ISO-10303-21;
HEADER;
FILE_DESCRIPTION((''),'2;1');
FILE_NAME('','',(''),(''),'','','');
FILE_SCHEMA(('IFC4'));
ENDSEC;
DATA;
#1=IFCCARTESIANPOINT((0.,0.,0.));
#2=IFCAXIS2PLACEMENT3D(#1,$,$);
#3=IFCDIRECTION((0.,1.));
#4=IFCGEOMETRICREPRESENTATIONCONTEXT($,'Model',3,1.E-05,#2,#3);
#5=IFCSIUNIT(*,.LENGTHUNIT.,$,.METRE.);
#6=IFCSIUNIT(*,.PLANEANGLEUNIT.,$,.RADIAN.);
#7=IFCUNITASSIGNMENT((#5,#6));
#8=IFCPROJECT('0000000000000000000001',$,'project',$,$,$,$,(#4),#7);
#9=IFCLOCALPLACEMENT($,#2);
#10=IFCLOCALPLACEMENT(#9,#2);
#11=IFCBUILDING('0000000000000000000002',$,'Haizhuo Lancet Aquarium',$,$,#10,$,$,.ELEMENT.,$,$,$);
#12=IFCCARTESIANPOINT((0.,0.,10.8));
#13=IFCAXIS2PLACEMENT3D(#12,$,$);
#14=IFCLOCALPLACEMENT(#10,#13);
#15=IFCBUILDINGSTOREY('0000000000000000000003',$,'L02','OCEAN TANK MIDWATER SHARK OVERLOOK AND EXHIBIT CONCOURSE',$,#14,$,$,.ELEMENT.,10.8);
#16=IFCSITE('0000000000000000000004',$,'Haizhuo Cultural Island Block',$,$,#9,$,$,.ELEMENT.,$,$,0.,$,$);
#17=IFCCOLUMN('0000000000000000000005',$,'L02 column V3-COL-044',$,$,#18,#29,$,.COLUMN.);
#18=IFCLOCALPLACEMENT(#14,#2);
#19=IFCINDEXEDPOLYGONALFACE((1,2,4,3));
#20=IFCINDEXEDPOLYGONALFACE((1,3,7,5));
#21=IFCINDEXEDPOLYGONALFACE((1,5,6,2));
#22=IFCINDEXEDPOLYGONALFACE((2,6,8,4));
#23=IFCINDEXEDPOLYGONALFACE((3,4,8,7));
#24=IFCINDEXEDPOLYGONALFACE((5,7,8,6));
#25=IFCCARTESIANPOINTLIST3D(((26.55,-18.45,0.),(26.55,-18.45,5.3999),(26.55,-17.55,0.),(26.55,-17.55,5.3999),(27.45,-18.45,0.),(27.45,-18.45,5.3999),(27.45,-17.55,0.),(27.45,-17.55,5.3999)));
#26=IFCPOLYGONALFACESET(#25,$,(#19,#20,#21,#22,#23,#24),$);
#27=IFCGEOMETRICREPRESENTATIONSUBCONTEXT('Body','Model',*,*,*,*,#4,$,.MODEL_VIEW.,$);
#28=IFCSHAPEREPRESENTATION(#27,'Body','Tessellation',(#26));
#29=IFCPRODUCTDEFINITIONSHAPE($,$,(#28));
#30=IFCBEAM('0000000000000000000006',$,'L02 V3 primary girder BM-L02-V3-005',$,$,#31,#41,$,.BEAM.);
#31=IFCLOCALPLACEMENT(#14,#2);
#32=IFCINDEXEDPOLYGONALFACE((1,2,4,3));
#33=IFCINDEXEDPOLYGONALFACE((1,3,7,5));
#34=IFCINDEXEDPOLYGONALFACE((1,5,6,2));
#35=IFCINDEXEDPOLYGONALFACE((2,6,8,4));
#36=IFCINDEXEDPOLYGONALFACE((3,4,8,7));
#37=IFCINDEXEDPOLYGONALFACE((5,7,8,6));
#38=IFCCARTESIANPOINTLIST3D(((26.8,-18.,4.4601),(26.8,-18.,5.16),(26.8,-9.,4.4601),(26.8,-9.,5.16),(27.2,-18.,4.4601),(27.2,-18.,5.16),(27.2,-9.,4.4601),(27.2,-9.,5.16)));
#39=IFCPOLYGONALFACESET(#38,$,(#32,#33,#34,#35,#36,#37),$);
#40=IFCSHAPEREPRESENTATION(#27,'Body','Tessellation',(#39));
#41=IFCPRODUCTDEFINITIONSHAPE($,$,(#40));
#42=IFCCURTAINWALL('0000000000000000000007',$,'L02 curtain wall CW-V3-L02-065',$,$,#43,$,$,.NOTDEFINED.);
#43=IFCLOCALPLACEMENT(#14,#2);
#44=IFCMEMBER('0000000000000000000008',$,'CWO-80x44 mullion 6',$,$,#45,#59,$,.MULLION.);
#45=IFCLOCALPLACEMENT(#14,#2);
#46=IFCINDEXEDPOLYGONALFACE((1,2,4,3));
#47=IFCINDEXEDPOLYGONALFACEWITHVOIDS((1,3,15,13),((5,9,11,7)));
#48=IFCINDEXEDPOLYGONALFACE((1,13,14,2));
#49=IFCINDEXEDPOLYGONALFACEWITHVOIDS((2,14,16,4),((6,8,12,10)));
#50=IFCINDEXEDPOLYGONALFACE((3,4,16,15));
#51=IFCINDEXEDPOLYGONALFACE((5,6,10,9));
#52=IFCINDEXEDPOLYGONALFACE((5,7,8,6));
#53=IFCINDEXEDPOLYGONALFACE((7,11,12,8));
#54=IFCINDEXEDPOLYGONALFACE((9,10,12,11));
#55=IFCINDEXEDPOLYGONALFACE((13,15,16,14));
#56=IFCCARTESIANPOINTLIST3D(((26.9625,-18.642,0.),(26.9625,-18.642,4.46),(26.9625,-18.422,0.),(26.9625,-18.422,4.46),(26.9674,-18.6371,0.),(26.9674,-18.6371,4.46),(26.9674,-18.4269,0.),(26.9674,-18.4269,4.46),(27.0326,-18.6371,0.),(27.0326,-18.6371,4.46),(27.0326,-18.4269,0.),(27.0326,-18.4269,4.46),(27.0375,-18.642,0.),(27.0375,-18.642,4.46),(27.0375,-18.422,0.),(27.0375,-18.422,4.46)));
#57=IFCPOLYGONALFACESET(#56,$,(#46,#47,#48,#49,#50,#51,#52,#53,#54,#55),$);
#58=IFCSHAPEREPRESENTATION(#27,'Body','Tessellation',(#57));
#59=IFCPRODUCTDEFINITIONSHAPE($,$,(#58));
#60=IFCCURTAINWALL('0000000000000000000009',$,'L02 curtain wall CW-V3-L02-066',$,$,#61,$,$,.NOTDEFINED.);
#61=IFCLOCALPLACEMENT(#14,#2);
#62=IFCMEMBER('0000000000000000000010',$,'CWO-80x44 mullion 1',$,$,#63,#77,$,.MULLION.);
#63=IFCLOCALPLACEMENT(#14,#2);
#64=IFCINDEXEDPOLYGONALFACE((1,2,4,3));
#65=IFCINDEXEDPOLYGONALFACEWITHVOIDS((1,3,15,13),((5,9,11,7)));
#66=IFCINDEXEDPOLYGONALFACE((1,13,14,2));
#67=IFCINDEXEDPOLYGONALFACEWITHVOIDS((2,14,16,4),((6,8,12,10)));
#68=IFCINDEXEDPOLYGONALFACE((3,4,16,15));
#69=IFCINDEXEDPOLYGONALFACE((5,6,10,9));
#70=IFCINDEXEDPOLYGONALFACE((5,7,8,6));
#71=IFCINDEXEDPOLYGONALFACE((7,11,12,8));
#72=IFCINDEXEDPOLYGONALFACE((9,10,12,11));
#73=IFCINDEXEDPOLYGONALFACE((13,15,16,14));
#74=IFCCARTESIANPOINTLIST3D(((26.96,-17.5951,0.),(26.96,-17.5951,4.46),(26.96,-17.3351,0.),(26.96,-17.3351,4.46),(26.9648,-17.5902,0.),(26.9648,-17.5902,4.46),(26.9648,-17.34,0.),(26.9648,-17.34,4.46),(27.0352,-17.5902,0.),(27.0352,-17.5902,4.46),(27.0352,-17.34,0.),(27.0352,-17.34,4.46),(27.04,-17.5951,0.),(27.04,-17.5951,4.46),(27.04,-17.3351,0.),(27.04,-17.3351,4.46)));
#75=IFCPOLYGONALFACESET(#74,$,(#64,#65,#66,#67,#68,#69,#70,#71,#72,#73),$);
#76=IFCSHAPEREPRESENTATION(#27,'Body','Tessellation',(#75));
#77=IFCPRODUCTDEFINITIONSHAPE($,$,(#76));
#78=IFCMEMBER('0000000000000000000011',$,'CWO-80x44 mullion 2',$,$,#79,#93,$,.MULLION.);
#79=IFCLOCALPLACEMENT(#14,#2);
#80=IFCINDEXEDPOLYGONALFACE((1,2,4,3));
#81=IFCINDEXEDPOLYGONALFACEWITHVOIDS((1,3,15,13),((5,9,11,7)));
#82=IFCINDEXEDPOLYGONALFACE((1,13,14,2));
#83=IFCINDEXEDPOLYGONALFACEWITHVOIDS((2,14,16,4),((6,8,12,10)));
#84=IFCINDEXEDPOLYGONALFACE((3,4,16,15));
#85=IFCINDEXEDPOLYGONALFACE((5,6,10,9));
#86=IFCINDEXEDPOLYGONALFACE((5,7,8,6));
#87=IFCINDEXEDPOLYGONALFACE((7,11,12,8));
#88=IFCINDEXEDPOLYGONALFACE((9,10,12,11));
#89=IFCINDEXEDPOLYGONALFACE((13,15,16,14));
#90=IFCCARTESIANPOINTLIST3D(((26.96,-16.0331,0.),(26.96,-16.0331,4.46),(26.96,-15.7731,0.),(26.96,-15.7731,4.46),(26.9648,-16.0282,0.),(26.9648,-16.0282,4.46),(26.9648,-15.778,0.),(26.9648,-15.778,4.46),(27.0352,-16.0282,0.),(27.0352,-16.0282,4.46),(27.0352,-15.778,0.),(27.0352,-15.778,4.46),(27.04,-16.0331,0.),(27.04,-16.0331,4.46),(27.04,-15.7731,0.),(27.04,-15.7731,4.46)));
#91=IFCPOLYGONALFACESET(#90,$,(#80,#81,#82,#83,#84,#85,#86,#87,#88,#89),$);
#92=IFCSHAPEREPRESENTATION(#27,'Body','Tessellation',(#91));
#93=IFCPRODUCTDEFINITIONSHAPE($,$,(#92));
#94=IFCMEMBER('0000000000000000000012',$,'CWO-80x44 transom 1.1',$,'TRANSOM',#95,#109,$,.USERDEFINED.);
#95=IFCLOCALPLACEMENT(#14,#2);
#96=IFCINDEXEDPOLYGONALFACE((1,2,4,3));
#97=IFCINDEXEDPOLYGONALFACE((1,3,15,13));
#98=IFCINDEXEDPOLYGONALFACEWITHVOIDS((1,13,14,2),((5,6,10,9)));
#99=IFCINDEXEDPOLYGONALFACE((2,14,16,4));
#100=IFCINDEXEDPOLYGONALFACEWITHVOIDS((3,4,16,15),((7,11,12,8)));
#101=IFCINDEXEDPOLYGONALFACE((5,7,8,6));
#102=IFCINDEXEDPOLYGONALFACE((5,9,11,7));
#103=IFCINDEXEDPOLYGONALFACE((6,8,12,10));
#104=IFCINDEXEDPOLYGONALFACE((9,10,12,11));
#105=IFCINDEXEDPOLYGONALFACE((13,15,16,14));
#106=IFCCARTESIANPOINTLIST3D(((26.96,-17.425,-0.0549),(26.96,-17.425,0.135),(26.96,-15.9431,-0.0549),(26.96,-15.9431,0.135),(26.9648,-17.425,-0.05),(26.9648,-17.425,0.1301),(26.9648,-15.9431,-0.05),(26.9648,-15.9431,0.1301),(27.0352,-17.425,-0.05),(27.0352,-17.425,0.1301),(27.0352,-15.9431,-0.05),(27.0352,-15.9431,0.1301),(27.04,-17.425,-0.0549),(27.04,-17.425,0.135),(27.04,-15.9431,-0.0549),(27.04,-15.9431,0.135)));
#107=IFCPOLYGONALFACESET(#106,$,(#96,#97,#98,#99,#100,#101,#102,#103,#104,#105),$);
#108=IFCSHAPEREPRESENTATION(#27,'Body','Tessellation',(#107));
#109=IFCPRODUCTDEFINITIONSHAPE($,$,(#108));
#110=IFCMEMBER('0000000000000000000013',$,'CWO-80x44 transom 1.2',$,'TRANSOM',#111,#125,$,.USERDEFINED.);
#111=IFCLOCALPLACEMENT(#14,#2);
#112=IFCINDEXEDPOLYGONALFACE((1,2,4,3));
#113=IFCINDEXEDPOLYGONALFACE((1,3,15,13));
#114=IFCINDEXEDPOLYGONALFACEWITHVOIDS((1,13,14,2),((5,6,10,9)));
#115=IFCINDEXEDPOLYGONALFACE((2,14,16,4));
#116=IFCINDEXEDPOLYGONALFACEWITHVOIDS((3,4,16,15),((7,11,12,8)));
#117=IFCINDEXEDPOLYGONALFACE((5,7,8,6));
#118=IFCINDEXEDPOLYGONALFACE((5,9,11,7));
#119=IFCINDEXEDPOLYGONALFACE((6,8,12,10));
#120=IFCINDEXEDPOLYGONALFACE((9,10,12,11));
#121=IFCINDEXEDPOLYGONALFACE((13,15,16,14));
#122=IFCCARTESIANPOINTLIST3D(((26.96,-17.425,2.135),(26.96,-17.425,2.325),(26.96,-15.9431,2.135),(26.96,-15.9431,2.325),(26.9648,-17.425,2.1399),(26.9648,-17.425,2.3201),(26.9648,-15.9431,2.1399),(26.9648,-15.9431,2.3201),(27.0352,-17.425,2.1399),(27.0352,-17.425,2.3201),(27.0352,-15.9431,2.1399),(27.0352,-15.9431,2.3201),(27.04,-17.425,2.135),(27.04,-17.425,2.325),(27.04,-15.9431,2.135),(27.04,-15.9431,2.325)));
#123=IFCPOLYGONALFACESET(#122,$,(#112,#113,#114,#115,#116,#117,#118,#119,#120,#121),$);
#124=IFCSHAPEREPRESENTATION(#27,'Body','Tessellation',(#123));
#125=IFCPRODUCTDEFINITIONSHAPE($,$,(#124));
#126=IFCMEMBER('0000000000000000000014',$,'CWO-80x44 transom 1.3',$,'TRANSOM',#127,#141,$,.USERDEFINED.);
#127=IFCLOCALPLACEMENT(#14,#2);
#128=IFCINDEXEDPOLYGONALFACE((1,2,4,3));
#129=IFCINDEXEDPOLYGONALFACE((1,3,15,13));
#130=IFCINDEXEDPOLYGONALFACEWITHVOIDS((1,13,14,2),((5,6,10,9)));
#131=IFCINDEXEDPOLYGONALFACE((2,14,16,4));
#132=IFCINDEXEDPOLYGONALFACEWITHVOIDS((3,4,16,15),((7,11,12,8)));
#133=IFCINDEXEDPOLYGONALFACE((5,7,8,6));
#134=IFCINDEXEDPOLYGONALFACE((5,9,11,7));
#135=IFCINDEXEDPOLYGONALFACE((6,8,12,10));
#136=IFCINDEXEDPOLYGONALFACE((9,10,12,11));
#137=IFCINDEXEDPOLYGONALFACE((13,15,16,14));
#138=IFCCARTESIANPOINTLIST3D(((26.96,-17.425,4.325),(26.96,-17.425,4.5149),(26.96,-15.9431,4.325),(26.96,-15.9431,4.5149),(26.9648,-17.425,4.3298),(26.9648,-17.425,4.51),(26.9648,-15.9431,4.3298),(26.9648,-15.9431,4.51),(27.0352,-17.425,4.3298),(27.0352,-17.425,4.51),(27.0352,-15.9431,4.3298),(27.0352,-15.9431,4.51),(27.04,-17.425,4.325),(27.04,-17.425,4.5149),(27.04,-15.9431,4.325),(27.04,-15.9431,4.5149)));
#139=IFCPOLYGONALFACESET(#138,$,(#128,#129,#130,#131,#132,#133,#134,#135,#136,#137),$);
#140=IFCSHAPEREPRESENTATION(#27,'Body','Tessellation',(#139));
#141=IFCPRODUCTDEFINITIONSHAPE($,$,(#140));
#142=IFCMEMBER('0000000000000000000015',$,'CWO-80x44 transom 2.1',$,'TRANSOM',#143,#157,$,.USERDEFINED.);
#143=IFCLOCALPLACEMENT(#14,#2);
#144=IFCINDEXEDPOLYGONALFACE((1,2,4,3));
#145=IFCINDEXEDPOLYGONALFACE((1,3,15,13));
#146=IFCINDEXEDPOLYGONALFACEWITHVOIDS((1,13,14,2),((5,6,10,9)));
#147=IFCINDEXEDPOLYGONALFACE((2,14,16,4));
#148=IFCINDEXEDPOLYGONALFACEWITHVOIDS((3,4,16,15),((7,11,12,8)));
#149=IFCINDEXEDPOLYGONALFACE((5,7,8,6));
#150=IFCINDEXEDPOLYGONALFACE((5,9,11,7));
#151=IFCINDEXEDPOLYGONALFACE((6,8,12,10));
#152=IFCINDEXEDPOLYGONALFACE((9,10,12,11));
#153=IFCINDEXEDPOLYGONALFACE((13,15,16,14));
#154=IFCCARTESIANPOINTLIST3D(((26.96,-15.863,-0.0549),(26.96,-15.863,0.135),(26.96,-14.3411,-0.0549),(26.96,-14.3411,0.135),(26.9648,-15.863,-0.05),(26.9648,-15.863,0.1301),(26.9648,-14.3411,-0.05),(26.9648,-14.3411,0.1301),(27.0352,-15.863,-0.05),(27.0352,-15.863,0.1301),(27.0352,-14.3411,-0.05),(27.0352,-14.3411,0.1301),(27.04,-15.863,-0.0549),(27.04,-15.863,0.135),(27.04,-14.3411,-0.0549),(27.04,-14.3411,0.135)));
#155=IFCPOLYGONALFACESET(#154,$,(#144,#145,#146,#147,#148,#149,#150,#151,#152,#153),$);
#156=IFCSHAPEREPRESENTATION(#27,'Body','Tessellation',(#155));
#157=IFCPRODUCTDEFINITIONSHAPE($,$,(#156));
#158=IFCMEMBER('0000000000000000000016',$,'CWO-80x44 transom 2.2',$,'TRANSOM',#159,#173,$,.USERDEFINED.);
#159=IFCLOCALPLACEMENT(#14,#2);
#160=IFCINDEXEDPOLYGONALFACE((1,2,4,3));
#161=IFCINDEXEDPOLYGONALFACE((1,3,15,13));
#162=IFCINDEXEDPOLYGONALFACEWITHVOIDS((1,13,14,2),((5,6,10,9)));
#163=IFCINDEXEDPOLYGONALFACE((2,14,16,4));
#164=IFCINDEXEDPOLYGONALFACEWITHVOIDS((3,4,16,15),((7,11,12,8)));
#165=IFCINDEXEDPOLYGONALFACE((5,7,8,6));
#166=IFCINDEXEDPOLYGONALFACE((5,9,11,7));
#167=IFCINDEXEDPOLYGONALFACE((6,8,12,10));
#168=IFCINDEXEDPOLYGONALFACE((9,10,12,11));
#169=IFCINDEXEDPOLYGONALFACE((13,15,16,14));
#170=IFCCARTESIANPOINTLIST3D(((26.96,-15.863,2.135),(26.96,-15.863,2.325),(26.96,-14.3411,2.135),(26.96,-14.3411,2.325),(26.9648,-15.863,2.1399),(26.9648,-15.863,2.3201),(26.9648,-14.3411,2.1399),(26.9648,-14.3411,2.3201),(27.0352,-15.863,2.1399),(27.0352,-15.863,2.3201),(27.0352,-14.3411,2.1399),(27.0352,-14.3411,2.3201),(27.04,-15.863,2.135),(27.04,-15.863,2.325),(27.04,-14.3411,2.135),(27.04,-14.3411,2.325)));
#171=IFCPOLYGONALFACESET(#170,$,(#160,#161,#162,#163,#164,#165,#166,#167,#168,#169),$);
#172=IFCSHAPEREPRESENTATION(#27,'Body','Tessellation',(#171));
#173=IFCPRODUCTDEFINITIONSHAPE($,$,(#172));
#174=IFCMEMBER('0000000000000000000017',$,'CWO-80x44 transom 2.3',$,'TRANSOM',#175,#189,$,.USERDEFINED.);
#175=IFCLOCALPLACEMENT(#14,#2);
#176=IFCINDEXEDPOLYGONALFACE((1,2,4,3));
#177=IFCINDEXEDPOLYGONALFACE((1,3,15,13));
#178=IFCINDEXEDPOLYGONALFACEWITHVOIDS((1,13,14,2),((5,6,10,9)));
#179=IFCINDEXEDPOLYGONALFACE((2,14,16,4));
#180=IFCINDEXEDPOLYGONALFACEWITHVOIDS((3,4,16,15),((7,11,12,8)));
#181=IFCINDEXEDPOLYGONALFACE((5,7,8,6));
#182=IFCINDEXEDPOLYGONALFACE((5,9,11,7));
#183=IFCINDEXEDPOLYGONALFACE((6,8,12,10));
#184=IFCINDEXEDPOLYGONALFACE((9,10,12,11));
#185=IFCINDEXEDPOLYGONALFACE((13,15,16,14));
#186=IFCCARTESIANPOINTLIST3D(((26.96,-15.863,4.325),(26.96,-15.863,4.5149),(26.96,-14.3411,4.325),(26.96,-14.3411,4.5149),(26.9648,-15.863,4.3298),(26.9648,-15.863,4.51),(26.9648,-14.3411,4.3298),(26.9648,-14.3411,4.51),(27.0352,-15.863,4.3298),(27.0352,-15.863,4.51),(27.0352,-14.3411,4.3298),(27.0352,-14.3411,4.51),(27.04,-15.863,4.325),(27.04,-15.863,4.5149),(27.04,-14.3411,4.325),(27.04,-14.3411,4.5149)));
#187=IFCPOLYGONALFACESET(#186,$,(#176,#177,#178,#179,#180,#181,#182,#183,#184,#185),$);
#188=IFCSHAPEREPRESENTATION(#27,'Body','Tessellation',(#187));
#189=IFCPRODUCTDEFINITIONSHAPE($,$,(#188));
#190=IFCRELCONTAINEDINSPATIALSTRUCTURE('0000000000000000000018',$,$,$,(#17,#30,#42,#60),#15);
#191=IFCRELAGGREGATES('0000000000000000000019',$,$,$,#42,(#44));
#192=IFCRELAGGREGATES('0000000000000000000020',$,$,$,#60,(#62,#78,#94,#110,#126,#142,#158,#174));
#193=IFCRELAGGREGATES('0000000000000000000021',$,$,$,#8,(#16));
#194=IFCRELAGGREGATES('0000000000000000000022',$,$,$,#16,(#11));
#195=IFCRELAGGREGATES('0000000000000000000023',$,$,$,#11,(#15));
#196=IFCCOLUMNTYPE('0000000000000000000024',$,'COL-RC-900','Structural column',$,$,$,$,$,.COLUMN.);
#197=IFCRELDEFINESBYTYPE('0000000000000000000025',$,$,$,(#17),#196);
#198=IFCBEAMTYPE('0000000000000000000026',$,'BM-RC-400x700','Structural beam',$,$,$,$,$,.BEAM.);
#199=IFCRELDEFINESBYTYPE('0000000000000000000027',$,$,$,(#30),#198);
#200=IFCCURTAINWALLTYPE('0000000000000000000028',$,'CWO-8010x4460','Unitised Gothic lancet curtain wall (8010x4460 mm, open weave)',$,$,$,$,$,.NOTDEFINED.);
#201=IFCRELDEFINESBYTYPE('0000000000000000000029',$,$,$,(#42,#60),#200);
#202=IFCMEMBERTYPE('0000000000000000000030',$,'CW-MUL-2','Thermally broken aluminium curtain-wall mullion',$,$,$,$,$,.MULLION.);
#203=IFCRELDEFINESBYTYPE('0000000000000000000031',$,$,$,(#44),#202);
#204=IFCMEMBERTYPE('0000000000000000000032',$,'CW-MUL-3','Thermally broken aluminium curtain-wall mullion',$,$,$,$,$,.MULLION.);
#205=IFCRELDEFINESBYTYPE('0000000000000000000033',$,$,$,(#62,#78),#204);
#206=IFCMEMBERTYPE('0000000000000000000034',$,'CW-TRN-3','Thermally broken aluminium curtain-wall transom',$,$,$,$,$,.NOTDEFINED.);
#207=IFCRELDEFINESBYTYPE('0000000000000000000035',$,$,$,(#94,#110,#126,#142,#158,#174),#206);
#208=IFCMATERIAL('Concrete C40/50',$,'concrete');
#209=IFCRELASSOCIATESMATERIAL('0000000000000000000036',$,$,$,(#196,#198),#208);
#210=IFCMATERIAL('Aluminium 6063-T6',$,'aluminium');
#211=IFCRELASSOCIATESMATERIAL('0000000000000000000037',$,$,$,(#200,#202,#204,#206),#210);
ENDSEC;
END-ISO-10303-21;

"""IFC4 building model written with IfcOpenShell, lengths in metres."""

from ifc_helpers import new_model, si_unit, direction, frame, origin, origin_2d, place, context, subcontext, project, spatial, rectangle, hollow_rectangle, extrude, material, material_profile, profile_set, type_object, element, aggregate, save


model = new_model("IFC4")

# Units and contexts
model_context = context("Model", 3, precision=1e-05, world=origin(), true_north=direction((0.0, 1.0)))
body_context = subcontext(model_context, "Body", "Model", "MODEL_VIEW")
ifc_project = project(units=[si_unit("LENGTHUNIT", "METRE"), si_unit("PLANEANGLEUNIT", "RADIAN")], contexts=[model_context])

# Site, building, storey
site_placement = place(None, origin())
site = spatial("IfcSite", under=ifc_project, at=site_placement, Name="Haizhuo Cultural Island Block", CompositionType="ELEMENT", RefElevation=0.0)
building_placement = place(site_placement, origin())
building = spatial("IfcBuilding", under=site, at=building_placement, Name="Haizhuo Lancet Aquarium", CompositionType="ELEMENT")
storey_placement = place(building_placement, frame((0.0, 0.0, 10.8)))
storey = spatial("IfcBuildingStorey", under=building, at=storey_placement, Name="L02", Description="OCEAN TANK MIDWATER SHARK OVERLOOK AND EXHIBIT CONCOURSE", CompositionType="ELEMENT", Elevation=10.8)

# Column
ifc_material_1 = material(Name="Concrete C40/50", Category="concrete")
ifc_material_profile_1 = material_profile(ifc_material_1, rectangle(XDim=0.8999, YDim=0.8999, at=origin_2d()), Name="RC-COL 900x900")
ifc_profile_set_1 = profile_set([ifc_material_profile_1], Name="Concrete C40/50")
column_type = type_object("IfcColumnType", Name="COL-RC-900", Description="Structural column", PredefinedType="COLUMN", material=ifc_profile_set_1)
column_placement = place(storey_placement, frame((27.0, -18.0, 0.0), z_axis=(0.0, 0.0, 1.0), x_axis=(1.0, 0.0, 0.0)))
element("IfcColumn", 1, at=column_placement, inside=storey, type_object=column_type, Name="L02 column V3-COL-044", PredefinedType="COLUMN", context=body_context, shape_type="SweptSolid", body=[
    extrude(rectangle(XDim=0.8999, YDim=0.8999, at=origin_2d()), origin(), (0.0, 0.0, 1.0), 5.3999),
])

# Beam
ifc_material_profile_2 = material_profile(ifc_material_1, rectangle(XDim=0.3999, YDim=0.7, at=origin_2d()), Name="RC-BM 400x700")
ifc_profile_set_2 = profile_set([ifc_material_profile_2], Name="Concrete C40/50")
beam_type = type_object("IfcBeamType", Name="BM-RC-400x700", Description="Structural beam", PredefinedType="BEAM", material=ifc_profile_set_2)
beam_placement = place(storey_placement, frame((27.0, -18.0, 4.8101), z_axis=(0.0, 1.0, 0.0), x_axis=(-1.0, 0.0, 0.0)))
element("IfcBeam", 2, at=beam_placement, inside=storey, type_object=beam_type, Name="L02 V3 primary girder BM-L02-V3-005", PredefinedType="BEAM", context=body_context, shape_type="SweptSolid", body=[
    extrude(rectangle(XDim=0.3999, YDim=0.7, at=origin_2d()), origin(), (0.0, 0.0, 1.0), 9.0),
])

# Curtain wall, member
ifc_material_2 = material(Name="Aluminium 6063-T6", Category="aluminium")
curtain_wall_type = type_object("IfcCurtainWallType", Name="CWO-8010x4460", Description="Unitised Gothic lancet curtain wall (8010x4460 mm, open weave)", PredefinedType="NOTDEFINED", material=ifc_material_2)
curtain_wall_1_placement = place(storey_placement, origin())
curtain_wall_1 = element("IfcCurtainWall", 3, at=curtain_wall_1_placement, inside=storey, type_object=curtain_wall_type, Name="L02 curtain wall CW-V3-L02-065", PredefinedType="NOTDEFINED")
ifc_material_profile_3 = material_profile(ifc_material_2, hollow_rectangle(XDim=0.075, YDim=0.22, WallThickness=0.0049, at=origin_2d()), Name="ALU-M 75x220x5")
ifc_profile_set_3 = profile_set([ifc_material_profile_3], Name="Aluminium 6063-T6")
member_type_1 = type_object("IfcMemberType", Name="CW-MUL-2", Description="Thermally broken aluminium curtain-wall mullion", PredefinedType="MULLION", material=ifc_profile_set_3)
member_1_placement = place(storey_placement, frame((27.0, -18.532, 0.0), z_axis=(0.0, 0.0, 1.0), x_axis=(-1.0, 0.0, 0.0)))
member_1 = element("IfcMember", 4, at=member_1_placement, type_object=member_type_1, Name="CWO-80x44 mullion 6", PredefinedType="MULLION", context=body_context, shape_type="SweptSolid", body=[
    extrude(hollow_rectangle(XDim=0.075, YDim=0.22, WallThickness=0.0049, at=origin_2d()), origin(), (0.0, 0.0, 1.0), 4.46),
])

# Curtain wall, members
curtain_wall_2_placement = place(storey_placement, origin())
curtain_wall_2 = element("IfcCurtainWall", 5, at=curtain_wall_2_placement, inside=storey, type_object=curtain_wall_type, Name="L02 curtain wall CW-V3-L02-066", PredefinedType="NOTDEFINED")
ifc_material_profile_4 = material_profile(ifc_material_2, hollow_rectangle(XDim=0.0801, YDim=0.26, WallThickness=0.0049, at=origin_2d()), Name="ALU-M 80x260x5")
ifc_profile_set_4 = profile_set([ifc_material_profile_4], Name="Aluminium 6063-T6")
member_type_2 = type_object("IfcMemberType", Name="CW-MUL-3", Description="Thermally broken aluminium curtain-wall mullion", PredefinedType="MULLION", material=ifc_profile_set_4)
member_2_placement = place(storey_placement, frame((27.0, -17.4651, 0.0), z_axis=(0.0, 0.0, 1.0), x_axis=(-1.0, 0.0, 0.0)))
member_2 = element("IfcMember", 6, at=member_2_placement, type_object=member_type_2, Name="CWO-80x44 mullion 1", PredefinedType="MULLION", context=body_context, shape_type="SweptSolid", body=[
    extrude(hollow_rectangle(XDim=0.0801, YDim=0.26, WallThickness=0.0049, at=origin_2d()), origin(), (0.0, 0.0, 1.0), 4.46),
])
member_3_placement = place(storey_placement, frame((27.0, -15.9031, 0.0), z_axis=(0.0, 0.0, 1.0), x_axis=(-1.0, 0.0, 0.0)))
member_3 = element("IfcMember", 7, at=member_3_placement, type_object=member_type_2, Name="CWO-80x44 mullion 2", PredefinedType="MULLION", context=body_context, shape_type="SweptSolid", body=[
    extrude(hollow_rectangle(XDim=0.0801, YDim=0.26, WallThickness=0.0049, at=origin_2d()), origin(), (0.0, 0.0, 1.0), 4.46),
])
ifc_material_profile_5 = material_profile(ifc_material_2, hollow_rectangle(XDim=0.0801, YDim=0.1899, WallThickness=0.0049, at=origin_2d()), Name="ALU-T 80x190x5")
ifc_profile_set_5 = profile_set([ifc_material_profile_5], Name="Aluminium 6063-T6")
member_type_3 = type_object("IfcMemberType", Name="CW-TRN-3", Description="Thermally broken aluminium curtain-wall transom", PredefinedType="NOTDEFINED", material=ifc_profile_set_5)
member_4_placement = place(storey_placement, frame((27.0, -17.425, 0.04), z_axis=(0.0, 1.0, 0.0), x_axis=(-1.0, 0.0, 0.0)))
member_4 = element("IfcMember", 8, at=member_4_placement, type_object=member_type_3, Name="CWO-80x44 transom 1.1", ObjectType="TRANSOM", PredefinedType="USERDEFINED", context=body_context, shape_type="SweptSolid", body=[
    extrude(hollow_rectangle(XDim=0.0801, YDim=0.1899, WallThickness=0.0049, at=origin_2d()), origin(), (0.0, 0.0, 1.0), 1.4819),
])
member_5_placement = place(storey_placement, frame((27.0, -17.425, 2.23), z_axis=(0.0, 1.0, 0.0), x_axis=(-1.0, 0.0, 0.0)))
member_5 = element("IfcMember", 9, at=member_5_placement, type_object=member_type_3, Name="CWO-80x44 transom 1.2", ObjectType="TRANSOM", PredefinedType="USERDEFINED", context=body_context, shape_type="SweptSolid", body=[
    extrude(hollow_rectangle(XDim=0.0801, YDim=0.1899, WallThickness=0.0049, at=origin_2d()), origin(), (0.0, 0.0, 1.0), 1.4819),
])
member_6_placement = place(storey_placement, frame((27.0, -17.425, 4.4199), z_axis=(0.0, 1.0, 0.0), x_axis=(-1.0, 0.0, 0.0)))
member_6 = element("IfcMember", 10, at=member_6_placement, type_object=member_type_3, Name="CWO-80x44 transom 1.3", ObjectType="TRANSOM", PredefinedType="USERDEFINED", context=body_context, shape_type="SweptSolid", body=[
    extrude(hollow_rectangle(XDim=0.0801, YDim=0.1899, WallThickness=0.0049, at=origin_2d()), origin(), (0.0, 0.0, 1.0), 1.4819),
])
member_7_placement = place(storey_placement, frame((27.0, -15.863, 0.04), z_axis=(0.0, 1.0, 0.0), x_axis=(-1.0, 0.0, 0.0)))
member_7 = element("IfcMember", 11, at=member_7_placement, type_object=member_type_3, Name="CWO-80x44 transom 2.1", ObjectType="TRANSOM", PredefinedType="USERDEFINED", context=body_context, shape_type="SweptSolid", body=[
    extrude(hollow_rectangle(XDim=0.0801, YDim=0.1899, WallThickness=0.0049, at=origin_2d()), origin(), (0.0, 0.0, 1.0), 1.522),
])
member_8_placement = place(storey_placement, frame((27.0, -15.863, 2.23), z_axis=(0.0, 1.0, 0.0), x_axis=(-1.0, 0.0, 0.0)))
member_8 = element("IfcMember", 12, at=member_8_placement, type_object=member_type_3, Name="CWO-80x44 transom 2.2", ObjectType="TRANSOM", PredefinedType="USERDEFINED", context=body_context, shape_type="SweptSolid", body=[
    extrude(hollow_rectangle(XDim=0.0801, YDim=0.1899, WallThickness=0.0049, at=origin_2d()), origin(), (0.0, 0.0, 1.0), 1.522),
])
member_9_placement = place(storey_placement, frame((27.0, -15.863, 4.4199), z_axis=(0.0, 1.0, 0.0), x_axis=(-1.0, 0.0, 0.0)))
member_9 = element("IfcMember", 13, at=member_9_placement, type_object=member_type_3, Name="CWO-80x44 transom 2.3", ObjectType="TRANSOM", PredefinedType="USERDEFINED", context=body_context, shape_type="SweptSolid", body=[
    extrude(hollow_rectangle(XDim=0.0801, YDim=0.1899, WallThickness=0.0049, at=origin_2d()), origin(), (0.0, 0.0, 1.0), 1.522),
])

aggregate(curtain_wall_1, [member_1])
aggregate(curtain_wall_2, [member_2, member_3, member_4, member_5, member_6, member_7, member_8, member_9])

save(model, "model.ifc")
